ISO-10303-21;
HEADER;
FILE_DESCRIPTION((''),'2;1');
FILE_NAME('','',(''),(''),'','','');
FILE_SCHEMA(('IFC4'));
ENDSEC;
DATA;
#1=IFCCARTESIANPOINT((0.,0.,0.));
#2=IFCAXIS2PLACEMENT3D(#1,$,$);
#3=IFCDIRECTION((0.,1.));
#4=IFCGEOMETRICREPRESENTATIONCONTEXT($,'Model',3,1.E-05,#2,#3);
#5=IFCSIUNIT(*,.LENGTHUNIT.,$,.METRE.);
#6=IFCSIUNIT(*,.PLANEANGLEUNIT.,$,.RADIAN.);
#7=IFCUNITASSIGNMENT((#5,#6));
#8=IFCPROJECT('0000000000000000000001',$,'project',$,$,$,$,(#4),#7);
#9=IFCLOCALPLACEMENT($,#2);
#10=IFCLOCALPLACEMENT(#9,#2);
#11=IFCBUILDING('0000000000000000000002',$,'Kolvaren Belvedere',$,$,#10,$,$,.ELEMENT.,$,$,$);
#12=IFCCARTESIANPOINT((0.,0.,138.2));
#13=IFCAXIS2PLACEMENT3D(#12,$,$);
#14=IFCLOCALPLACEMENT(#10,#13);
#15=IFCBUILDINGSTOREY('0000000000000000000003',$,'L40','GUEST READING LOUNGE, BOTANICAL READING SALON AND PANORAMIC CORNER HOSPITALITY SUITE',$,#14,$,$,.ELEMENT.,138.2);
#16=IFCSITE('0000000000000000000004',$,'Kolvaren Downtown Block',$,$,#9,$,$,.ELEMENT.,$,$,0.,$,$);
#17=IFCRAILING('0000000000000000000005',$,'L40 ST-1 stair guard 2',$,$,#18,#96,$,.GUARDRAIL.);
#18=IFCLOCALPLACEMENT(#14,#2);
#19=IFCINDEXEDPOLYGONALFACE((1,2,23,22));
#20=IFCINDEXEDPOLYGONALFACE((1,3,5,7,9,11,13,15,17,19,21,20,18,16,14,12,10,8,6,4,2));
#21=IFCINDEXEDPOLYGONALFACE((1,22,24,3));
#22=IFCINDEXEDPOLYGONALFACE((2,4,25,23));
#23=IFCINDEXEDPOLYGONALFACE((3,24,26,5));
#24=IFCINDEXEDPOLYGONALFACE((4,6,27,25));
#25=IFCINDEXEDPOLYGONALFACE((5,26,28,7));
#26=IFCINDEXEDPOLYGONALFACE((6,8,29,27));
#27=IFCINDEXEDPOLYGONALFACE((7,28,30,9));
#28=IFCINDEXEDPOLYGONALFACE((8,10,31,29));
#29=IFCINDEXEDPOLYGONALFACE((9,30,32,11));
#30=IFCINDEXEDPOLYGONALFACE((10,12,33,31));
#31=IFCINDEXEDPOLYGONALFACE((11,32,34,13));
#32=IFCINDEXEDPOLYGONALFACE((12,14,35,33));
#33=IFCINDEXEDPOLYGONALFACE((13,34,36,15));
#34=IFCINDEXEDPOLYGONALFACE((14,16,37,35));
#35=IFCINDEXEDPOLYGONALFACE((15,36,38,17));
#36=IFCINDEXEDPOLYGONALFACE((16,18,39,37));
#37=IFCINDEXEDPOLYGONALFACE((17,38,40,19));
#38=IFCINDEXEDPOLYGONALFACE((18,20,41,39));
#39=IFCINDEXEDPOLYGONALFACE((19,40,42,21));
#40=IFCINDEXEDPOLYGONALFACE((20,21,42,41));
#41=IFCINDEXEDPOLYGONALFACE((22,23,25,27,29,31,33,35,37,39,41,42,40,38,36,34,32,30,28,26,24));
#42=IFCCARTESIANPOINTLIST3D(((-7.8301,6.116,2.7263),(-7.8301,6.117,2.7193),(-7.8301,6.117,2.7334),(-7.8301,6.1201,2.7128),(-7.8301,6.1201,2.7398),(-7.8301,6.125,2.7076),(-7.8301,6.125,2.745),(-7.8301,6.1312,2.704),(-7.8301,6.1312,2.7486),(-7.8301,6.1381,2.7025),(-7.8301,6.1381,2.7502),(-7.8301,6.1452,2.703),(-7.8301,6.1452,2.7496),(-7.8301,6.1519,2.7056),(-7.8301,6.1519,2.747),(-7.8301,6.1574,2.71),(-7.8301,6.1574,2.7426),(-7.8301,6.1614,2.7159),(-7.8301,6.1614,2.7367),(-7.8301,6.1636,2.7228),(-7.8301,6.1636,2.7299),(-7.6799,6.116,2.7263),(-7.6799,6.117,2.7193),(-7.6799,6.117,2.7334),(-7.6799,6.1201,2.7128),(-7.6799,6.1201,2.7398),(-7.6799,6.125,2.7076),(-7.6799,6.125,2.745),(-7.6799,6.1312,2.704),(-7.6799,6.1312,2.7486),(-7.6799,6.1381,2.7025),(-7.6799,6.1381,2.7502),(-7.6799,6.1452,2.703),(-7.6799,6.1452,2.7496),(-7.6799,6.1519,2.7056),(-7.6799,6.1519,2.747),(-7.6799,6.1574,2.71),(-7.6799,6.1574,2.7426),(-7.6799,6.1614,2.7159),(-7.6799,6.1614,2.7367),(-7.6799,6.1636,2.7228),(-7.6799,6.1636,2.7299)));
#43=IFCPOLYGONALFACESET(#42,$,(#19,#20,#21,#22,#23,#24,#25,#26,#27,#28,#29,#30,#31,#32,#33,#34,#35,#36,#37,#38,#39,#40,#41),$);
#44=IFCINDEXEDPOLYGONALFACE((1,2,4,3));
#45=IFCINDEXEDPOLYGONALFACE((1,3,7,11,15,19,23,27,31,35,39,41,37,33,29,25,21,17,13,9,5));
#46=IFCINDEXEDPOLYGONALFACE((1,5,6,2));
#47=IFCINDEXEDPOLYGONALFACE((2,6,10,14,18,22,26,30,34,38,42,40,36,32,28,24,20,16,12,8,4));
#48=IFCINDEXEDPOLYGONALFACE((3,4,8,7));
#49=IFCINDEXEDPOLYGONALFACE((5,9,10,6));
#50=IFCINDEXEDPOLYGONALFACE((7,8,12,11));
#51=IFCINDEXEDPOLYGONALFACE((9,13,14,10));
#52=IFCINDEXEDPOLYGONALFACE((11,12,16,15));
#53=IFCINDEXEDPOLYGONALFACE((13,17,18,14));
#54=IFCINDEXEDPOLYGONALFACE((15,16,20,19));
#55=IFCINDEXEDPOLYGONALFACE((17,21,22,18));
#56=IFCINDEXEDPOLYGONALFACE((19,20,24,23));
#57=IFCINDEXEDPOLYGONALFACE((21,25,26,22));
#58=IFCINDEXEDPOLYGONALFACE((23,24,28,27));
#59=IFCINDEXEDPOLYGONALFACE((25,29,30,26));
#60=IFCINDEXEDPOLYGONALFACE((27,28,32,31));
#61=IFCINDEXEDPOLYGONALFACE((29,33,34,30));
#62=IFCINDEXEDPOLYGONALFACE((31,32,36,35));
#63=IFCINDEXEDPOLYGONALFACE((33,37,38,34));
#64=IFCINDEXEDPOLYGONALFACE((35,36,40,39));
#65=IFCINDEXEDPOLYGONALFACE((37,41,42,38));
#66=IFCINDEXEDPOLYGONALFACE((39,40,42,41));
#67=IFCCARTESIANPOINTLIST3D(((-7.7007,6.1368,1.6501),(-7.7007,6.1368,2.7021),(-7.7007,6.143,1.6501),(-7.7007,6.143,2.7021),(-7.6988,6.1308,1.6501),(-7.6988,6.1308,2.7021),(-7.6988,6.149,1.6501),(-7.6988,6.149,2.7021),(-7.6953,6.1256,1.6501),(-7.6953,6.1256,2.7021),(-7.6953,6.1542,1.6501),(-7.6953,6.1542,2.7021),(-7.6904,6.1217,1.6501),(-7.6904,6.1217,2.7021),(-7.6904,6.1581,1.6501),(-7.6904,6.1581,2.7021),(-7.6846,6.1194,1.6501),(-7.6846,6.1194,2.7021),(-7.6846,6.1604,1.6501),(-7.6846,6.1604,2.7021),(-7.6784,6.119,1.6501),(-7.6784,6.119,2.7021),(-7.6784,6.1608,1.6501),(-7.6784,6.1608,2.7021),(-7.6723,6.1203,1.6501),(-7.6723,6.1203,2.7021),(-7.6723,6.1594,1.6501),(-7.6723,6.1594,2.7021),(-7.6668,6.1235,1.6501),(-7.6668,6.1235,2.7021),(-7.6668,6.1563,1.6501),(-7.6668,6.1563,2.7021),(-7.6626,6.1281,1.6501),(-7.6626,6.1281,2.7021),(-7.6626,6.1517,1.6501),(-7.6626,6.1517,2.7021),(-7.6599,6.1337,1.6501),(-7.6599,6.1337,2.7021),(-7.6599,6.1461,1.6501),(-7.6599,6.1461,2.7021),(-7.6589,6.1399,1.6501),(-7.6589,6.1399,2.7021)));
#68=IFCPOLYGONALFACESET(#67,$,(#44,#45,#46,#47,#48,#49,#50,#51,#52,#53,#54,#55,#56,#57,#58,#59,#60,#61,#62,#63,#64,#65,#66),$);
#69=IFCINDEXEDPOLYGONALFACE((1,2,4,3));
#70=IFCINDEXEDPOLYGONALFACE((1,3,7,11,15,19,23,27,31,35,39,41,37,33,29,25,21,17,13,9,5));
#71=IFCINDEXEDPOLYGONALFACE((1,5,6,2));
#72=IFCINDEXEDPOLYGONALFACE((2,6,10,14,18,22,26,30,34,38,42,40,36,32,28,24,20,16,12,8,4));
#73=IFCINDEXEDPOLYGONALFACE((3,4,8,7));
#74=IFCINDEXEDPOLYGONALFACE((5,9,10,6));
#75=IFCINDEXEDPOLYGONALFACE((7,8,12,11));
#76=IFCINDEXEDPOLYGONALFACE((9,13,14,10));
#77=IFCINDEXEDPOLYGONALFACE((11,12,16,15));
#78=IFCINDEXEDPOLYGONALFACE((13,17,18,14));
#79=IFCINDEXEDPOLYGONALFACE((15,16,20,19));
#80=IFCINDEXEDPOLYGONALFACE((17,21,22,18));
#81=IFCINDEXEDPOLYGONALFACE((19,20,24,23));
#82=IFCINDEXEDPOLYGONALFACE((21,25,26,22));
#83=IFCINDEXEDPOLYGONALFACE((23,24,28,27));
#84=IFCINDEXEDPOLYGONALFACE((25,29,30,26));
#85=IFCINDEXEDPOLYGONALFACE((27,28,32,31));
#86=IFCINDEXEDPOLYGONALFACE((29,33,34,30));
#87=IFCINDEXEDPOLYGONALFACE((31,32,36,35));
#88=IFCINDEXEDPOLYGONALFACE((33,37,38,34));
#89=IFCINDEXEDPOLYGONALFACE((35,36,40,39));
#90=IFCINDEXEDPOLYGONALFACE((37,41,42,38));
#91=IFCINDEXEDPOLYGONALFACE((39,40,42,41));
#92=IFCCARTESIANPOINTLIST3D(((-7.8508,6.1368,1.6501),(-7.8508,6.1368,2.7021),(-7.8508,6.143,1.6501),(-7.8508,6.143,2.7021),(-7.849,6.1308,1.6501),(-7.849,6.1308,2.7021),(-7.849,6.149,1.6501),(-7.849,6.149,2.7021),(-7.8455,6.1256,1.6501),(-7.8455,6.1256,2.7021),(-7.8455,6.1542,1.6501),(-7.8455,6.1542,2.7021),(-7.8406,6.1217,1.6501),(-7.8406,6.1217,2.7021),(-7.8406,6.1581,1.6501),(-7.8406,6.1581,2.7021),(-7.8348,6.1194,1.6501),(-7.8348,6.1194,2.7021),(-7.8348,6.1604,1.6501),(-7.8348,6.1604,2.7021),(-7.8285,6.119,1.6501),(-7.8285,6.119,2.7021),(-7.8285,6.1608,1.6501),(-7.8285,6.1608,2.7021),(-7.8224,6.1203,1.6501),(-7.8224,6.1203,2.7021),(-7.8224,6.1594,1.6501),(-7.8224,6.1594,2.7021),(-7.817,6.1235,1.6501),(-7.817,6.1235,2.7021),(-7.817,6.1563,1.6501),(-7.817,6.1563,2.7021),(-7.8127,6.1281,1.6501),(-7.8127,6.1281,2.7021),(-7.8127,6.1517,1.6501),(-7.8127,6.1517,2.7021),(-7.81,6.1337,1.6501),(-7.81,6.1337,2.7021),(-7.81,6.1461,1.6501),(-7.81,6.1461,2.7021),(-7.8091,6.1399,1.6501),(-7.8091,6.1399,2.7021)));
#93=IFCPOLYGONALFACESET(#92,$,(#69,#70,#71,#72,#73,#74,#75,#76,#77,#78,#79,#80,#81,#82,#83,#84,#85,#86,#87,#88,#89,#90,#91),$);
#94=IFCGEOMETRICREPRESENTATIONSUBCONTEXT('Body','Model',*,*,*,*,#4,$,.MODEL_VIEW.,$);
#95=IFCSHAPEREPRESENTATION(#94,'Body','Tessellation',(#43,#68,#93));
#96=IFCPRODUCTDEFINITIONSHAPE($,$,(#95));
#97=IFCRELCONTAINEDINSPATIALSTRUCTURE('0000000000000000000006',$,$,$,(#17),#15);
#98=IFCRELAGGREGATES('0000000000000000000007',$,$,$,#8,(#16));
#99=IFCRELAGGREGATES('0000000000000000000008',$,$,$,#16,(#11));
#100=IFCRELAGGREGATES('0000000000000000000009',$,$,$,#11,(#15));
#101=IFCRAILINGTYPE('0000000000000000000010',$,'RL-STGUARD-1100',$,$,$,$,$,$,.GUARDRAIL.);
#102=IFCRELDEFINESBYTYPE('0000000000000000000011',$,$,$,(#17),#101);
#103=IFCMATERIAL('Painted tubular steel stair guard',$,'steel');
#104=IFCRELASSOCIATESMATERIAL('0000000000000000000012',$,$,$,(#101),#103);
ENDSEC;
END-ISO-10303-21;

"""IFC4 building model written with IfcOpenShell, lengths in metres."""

from ifc_helpers import new_model, si_unit, direction, frame, origin, origin_2d, place, context, subcontext, project, spatial, circle, extrude, material, type_object, element, save


model = new_model("IFC4")

# Units and contexts
model_context = context("Model", 3, precision=1e-05, world=origin(), true_north=direction((0.0, 1.0)))
body_context = subcontext(model_context, "Body", "Model", "MODEL_VIEW")
ifc_project = project(units=[si_unit("LENGTHUNIT", "METRE"), si_unit("PLANEANGLEUNIT", "RADIAN")], contexts=[model_context])

# Site, building, storey
site_placement = place(None, origin())
site = spatial("IfcSite", under=ifc_project, at=site_placement, Name="Kolvaren Downtown Block", CompositionType="ELEMENT", RefElevation=0.0)
building_placement = place(site_placement, origin())
building = spatial("IfcBuilding", under=site, at=building_placement, Name="Kolvaren Belvedere", CompositionType="ELEMENT")
storey_placement = place(building_placement, frame((0.0, 0.0, 138.2)))
storey = spatial("IfcBuildingStorey", under=building, at=storey_placement, Name="L40", Description="GUEST READING LOUNGE, BOTANICAL READING SALON AND PANORAMIC CORNER HOSPITALITY SUITE", CompositionType="ELEMENT", Elevation=138.2)

# Railing
ifc_material_1 = material(Name="Painted tubular steel stair guard", Category="steel")
railing_type_1 = type_object("IfcRailingType", Name="RL-STGUARD-1100", PredefinedType="GUARDRAIL", material=ifc_material_1)
railing_1_placement = place(storey_placement, frame((-7.6799, 6.1399, 1.6501)))
element("IfcRailing", 1, at=railing_1_placement, inside=storey, type_object=railing_type_1, Name="L40 ST-1 stair guard 2", PredefinedType="GUARDRAIL", context=body_context, shape_type="SweptSolid", body=[
    extrude(circle(Radius=0.0239, at=origin_2d()), frame((0.0, 0.0, 1.0762), z_axis=(-1.0, 0.0, 0.0), x_axis=(0.0, -1.0, 0.0)), (0.0, 0.0, 1.0), 0.1501),
    extrude(circle(Radius=0.021, at=origin_2d()), origin(), (0.0, 0.0, 1.0), 1.052),
    extrude(circle(Radius=0.021, at=origin_2d()), frame((-0.1501, 0.0, 0.0)), (0.0, 0.0, 1.0), 1.052),
])

save(model, "model.ifc")
